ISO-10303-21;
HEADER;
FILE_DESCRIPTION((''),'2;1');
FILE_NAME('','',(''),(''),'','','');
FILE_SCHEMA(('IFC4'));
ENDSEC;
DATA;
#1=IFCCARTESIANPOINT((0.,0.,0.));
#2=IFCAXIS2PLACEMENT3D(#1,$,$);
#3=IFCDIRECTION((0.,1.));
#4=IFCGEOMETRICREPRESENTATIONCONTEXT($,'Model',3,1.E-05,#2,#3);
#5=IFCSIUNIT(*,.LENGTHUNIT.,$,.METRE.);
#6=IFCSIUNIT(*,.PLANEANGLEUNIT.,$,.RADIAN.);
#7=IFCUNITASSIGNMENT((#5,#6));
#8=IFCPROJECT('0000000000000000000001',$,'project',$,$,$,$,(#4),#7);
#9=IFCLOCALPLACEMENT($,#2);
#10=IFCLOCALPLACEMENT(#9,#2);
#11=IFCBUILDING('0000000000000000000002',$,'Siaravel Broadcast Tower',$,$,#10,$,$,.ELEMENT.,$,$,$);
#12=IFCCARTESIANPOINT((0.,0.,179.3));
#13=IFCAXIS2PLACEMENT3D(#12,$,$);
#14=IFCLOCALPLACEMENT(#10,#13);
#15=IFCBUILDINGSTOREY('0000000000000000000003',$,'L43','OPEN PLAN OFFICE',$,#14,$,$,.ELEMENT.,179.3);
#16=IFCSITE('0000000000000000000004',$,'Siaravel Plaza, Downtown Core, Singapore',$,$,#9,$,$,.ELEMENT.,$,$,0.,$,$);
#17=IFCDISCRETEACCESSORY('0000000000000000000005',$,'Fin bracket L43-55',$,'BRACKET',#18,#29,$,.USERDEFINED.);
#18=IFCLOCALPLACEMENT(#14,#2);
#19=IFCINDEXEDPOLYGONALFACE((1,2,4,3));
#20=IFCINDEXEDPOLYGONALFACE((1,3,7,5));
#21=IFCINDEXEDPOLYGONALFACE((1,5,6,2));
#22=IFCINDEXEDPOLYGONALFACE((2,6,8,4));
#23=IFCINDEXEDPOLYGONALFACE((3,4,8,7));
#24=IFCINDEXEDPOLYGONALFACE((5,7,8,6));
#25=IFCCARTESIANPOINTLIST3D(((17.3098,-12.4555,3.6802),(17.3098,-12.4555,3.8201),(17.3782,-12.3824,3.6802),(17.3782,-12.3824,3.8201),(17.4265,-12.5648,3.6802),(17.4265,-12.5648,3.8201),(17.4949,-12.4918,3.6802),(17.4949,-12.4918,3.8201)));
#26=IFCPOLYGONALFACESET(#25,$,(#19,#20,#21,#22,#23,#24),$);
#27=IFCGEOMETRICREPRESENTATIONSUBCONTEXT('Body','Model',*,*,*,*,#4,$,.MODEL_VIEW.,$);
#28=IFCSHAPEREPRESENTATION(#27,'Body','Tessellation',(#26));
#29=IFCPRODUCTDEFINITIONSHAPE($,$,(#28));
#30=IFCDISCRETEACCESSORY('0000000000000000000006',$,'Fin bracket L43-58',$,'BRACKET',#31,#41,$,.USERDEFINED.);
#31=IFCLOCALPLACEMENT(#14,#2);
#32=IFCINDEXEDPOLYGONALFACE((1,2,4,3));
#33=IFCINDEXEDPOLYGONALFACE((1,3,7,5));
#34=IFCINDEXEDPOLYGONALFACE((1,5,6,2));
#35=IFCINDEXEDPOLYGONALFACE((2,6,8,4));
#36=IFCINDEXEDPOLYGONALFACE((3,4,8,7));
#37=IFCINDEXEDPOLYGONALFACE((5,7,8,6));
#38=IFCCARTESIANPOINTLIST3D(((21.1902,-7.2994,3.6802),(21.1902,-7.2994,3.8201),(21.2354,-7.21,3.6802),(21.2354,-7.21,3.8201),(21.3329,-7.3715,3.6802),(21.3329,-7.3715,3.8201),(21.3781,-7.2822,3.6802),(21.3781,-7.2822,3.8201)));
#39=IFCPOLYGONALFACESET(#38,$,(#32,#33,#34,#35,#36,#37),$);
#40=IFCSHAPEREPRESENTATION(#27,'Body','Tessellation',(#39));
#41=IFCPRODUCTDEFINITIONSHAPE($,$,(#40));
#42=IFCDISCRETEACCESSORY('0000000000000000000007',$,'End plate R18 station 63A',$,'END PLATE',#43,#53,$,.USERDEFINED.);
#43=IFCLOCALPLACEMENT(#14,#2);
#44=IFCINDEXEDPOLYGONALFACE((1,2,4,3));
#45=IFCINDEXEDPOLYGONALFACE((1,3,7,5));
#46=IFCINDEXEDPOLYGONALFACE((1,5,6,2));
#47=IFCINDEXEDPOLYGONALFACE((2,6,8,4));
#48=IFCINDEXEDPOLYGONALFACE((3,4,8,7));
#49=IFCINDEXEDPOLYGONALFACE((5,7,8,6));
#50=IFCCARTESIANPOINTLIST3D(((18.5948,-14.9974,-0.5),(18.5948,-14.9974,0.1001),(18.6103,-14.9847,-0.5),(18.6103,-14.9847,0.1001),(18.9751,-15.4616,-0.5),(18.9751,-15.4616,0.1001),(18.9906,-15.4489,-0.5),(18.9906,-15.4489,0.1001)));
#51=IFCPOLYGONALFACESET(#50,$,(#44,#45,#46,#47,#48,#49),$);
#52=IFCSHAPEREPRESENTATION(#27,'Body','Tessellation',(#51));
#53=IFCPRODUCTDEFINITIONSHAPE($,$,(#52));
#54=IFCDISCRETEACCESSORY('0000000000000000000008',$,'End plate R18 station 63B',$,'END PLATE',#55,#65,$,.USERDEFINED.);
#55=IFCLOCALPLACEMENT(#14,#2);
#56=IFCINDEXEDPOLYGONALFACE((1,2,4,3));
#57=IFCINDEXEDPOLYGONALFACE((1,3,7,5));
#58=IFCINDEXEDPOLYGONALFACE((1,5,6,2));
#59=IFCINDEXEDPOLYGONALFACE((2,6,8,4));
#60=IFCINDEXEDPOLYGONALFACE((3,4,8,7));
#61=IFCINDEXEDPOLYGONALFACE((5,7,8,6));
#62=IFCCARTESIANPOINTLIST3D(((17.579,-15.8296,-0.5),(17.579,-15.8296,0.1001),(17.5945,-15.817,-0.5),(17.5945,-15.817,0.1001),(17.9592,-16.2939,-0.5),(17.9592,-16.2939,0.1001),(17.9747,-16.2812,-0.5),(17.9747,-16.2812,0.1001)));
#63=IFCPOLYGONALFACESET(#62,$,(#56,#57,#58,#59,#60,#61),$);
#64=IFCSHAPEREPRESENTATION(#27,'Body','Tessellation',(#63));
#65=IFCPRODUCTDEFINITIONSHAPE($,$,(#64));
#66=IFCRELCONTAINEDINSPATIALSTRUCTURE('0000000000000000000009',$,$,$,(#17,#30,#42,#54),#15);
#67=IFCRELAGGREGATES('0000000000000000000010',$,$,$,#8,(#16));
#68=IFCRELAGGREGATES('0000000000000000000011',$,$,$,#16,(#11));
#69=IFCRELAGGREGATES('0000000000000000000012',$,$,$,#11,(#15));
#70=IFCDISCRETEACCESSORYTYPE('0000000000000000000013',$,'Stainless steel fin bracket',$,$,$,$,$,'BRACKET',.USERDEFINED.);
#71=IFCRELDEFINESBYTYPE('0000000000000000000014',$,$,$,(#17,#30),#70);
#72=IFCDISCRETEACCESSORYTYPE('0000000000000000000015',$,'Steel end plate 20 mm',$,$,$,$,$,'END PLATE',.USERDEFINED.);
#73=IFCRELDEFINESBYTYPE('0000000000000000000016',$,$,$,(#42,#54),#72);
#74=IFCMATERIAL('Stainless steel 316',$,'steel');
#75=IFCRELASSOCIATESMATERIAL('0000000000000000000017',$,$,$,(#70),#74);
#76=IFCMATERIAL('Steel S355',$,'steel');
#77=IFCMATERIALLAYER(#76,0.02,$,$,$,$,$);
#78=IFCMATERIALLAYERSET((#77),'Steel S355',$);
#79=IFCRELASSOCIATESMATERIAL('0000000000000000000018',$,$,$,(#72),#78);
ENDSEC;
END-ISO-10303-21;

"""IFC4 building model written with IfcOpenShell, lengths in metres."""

from ifc_helpers import new_model, si_unit, direction, frame, origin, origin_2d, place, context, subcontext, project, spatial, rectangle, extrude, material, layer, layer_set, type_object, element, save


model = new_model("IFC4")

# Units and contexts
model_context = context("Model", 3, precision=1e-05, world=origin(), true_north=direction((0.0, 1.0)))
body_context = subcontext(model_context, "Body", "Model", "MODEL_VIEW")
ifc_project = project(units=[si_unit("LENGTHUNIT", "METRE"), si_unit("PLANEANGLEUNIT", "RADIAN")], contexts=[model_context])

# Site, building, storey
site_placement = place(None, origin())
site = spatial("IfcSite", under=ifc_project, at=site_placement, Name="Siaravel Plaza, Downtown Core, Singapore", CompositionType="ELEMENT", RefElevation=0.0)
building_placement = place(site_placement, origin())
building = spatial("IfcBuilding", under=site, at=building_placement, Name="Siaravel Broadcast Tower", CompositionType="ELEMENT")
storey_placement = place(building_placement, frame((0.0, 0.0, 179.3)))
storey = spatial("IfcBuildingStorey", under=building, at=storey_placement, Name="L43", Description="OPEN PLAN OFFICE", CompositionType="ELEMENT", Elevation=179.3)

# Shared definitions
ifc_material_1 = material(Name="Steel S355", Category="steel")

# Discrete accessories
ifc_material_2 = material(Name="Stainless steel 316", Category="steel")
discrete_accessory_type_1 = type_object("IfcDiscreteAccessoryType", Name="Stainless steel fin bracket", ElementType="BRACKET", PredefinedType="USERDEFINED", material=ifc_material_2)
for number, where, z_axis, x_axis, name in (
    (1, (17.4023, -12.4736, 3.6802), (0.0, 0.0, 1.0), (0.729806, -0.683655, 0.0), "Fin bracket L43-55"),
    (2, (21.2842, -7.2908, 3.6802), (0.0, 0.0, 1.0), (0.892392, -0.451261, 0.0), "Fin bracket L43-58"),
):
    element("IfcDiscreteAccessory", number, at=place(storey_placement, frame(where, z_axis=z_axis, x_axis=x_axis)), inside=storey, type_object=discrete_accessory_type_1, Name=name, ObjectType="BRACKET", PredefinedType="USERDEFINED", context=body_context, shape_type="SweptSolid", body=[
        extrude(rectangle(XDim=0.1599, YDim=0.1001, at=origin_2d()), origin(), (0.0, 0.0, 1.0), 0.1399),
    ])
ifc_layer_1 = layer(ifc_material_1, 0.02)
ifc_layer_set_1 = layer_set([ifc_layer_1], Name="Steel S355")
discrete_accessory_type_2 = type_object("IfcDiscreteAccessoryType", Name="Steel end plate 20 mm", ElementType="END PLATE", PredefinedType="USERDEFINED", material=ifc_layer_set_1)
for number, where, z_axis, x_axis, name in (
    (3, (18.7927, -15.2231, -0.5), (0.0, 0.0, 1.0), (0.773605, 0.633669, 0.0), "End plate R18 station 63A"),
    (4, (17.7769, -16.0554, -0.5), (0.0, 0.0, 1.0), (0.773605, 0.633669, 0.0), "End plate R18 station 63B"),
):
    element("IfcDiscreteAccessory", number, at=place(storey_placement, frame(where, z_axis=z_axis, x_axis=x_axis)), inside=storey, type_object=discrete_accessory_type_2, Name=name, ObjectType="END PLATE", PredefinedType="USERDEFINED", context=body_context, shape_type="SweptSolid", body=[
        extrude(rectangle(XDim=0.02, YDim=0.6001, at=origin_2d()), origin(), (0.0, 0.0, 1.0), 0.6001),
    ])

save(model, "model.ifc")
